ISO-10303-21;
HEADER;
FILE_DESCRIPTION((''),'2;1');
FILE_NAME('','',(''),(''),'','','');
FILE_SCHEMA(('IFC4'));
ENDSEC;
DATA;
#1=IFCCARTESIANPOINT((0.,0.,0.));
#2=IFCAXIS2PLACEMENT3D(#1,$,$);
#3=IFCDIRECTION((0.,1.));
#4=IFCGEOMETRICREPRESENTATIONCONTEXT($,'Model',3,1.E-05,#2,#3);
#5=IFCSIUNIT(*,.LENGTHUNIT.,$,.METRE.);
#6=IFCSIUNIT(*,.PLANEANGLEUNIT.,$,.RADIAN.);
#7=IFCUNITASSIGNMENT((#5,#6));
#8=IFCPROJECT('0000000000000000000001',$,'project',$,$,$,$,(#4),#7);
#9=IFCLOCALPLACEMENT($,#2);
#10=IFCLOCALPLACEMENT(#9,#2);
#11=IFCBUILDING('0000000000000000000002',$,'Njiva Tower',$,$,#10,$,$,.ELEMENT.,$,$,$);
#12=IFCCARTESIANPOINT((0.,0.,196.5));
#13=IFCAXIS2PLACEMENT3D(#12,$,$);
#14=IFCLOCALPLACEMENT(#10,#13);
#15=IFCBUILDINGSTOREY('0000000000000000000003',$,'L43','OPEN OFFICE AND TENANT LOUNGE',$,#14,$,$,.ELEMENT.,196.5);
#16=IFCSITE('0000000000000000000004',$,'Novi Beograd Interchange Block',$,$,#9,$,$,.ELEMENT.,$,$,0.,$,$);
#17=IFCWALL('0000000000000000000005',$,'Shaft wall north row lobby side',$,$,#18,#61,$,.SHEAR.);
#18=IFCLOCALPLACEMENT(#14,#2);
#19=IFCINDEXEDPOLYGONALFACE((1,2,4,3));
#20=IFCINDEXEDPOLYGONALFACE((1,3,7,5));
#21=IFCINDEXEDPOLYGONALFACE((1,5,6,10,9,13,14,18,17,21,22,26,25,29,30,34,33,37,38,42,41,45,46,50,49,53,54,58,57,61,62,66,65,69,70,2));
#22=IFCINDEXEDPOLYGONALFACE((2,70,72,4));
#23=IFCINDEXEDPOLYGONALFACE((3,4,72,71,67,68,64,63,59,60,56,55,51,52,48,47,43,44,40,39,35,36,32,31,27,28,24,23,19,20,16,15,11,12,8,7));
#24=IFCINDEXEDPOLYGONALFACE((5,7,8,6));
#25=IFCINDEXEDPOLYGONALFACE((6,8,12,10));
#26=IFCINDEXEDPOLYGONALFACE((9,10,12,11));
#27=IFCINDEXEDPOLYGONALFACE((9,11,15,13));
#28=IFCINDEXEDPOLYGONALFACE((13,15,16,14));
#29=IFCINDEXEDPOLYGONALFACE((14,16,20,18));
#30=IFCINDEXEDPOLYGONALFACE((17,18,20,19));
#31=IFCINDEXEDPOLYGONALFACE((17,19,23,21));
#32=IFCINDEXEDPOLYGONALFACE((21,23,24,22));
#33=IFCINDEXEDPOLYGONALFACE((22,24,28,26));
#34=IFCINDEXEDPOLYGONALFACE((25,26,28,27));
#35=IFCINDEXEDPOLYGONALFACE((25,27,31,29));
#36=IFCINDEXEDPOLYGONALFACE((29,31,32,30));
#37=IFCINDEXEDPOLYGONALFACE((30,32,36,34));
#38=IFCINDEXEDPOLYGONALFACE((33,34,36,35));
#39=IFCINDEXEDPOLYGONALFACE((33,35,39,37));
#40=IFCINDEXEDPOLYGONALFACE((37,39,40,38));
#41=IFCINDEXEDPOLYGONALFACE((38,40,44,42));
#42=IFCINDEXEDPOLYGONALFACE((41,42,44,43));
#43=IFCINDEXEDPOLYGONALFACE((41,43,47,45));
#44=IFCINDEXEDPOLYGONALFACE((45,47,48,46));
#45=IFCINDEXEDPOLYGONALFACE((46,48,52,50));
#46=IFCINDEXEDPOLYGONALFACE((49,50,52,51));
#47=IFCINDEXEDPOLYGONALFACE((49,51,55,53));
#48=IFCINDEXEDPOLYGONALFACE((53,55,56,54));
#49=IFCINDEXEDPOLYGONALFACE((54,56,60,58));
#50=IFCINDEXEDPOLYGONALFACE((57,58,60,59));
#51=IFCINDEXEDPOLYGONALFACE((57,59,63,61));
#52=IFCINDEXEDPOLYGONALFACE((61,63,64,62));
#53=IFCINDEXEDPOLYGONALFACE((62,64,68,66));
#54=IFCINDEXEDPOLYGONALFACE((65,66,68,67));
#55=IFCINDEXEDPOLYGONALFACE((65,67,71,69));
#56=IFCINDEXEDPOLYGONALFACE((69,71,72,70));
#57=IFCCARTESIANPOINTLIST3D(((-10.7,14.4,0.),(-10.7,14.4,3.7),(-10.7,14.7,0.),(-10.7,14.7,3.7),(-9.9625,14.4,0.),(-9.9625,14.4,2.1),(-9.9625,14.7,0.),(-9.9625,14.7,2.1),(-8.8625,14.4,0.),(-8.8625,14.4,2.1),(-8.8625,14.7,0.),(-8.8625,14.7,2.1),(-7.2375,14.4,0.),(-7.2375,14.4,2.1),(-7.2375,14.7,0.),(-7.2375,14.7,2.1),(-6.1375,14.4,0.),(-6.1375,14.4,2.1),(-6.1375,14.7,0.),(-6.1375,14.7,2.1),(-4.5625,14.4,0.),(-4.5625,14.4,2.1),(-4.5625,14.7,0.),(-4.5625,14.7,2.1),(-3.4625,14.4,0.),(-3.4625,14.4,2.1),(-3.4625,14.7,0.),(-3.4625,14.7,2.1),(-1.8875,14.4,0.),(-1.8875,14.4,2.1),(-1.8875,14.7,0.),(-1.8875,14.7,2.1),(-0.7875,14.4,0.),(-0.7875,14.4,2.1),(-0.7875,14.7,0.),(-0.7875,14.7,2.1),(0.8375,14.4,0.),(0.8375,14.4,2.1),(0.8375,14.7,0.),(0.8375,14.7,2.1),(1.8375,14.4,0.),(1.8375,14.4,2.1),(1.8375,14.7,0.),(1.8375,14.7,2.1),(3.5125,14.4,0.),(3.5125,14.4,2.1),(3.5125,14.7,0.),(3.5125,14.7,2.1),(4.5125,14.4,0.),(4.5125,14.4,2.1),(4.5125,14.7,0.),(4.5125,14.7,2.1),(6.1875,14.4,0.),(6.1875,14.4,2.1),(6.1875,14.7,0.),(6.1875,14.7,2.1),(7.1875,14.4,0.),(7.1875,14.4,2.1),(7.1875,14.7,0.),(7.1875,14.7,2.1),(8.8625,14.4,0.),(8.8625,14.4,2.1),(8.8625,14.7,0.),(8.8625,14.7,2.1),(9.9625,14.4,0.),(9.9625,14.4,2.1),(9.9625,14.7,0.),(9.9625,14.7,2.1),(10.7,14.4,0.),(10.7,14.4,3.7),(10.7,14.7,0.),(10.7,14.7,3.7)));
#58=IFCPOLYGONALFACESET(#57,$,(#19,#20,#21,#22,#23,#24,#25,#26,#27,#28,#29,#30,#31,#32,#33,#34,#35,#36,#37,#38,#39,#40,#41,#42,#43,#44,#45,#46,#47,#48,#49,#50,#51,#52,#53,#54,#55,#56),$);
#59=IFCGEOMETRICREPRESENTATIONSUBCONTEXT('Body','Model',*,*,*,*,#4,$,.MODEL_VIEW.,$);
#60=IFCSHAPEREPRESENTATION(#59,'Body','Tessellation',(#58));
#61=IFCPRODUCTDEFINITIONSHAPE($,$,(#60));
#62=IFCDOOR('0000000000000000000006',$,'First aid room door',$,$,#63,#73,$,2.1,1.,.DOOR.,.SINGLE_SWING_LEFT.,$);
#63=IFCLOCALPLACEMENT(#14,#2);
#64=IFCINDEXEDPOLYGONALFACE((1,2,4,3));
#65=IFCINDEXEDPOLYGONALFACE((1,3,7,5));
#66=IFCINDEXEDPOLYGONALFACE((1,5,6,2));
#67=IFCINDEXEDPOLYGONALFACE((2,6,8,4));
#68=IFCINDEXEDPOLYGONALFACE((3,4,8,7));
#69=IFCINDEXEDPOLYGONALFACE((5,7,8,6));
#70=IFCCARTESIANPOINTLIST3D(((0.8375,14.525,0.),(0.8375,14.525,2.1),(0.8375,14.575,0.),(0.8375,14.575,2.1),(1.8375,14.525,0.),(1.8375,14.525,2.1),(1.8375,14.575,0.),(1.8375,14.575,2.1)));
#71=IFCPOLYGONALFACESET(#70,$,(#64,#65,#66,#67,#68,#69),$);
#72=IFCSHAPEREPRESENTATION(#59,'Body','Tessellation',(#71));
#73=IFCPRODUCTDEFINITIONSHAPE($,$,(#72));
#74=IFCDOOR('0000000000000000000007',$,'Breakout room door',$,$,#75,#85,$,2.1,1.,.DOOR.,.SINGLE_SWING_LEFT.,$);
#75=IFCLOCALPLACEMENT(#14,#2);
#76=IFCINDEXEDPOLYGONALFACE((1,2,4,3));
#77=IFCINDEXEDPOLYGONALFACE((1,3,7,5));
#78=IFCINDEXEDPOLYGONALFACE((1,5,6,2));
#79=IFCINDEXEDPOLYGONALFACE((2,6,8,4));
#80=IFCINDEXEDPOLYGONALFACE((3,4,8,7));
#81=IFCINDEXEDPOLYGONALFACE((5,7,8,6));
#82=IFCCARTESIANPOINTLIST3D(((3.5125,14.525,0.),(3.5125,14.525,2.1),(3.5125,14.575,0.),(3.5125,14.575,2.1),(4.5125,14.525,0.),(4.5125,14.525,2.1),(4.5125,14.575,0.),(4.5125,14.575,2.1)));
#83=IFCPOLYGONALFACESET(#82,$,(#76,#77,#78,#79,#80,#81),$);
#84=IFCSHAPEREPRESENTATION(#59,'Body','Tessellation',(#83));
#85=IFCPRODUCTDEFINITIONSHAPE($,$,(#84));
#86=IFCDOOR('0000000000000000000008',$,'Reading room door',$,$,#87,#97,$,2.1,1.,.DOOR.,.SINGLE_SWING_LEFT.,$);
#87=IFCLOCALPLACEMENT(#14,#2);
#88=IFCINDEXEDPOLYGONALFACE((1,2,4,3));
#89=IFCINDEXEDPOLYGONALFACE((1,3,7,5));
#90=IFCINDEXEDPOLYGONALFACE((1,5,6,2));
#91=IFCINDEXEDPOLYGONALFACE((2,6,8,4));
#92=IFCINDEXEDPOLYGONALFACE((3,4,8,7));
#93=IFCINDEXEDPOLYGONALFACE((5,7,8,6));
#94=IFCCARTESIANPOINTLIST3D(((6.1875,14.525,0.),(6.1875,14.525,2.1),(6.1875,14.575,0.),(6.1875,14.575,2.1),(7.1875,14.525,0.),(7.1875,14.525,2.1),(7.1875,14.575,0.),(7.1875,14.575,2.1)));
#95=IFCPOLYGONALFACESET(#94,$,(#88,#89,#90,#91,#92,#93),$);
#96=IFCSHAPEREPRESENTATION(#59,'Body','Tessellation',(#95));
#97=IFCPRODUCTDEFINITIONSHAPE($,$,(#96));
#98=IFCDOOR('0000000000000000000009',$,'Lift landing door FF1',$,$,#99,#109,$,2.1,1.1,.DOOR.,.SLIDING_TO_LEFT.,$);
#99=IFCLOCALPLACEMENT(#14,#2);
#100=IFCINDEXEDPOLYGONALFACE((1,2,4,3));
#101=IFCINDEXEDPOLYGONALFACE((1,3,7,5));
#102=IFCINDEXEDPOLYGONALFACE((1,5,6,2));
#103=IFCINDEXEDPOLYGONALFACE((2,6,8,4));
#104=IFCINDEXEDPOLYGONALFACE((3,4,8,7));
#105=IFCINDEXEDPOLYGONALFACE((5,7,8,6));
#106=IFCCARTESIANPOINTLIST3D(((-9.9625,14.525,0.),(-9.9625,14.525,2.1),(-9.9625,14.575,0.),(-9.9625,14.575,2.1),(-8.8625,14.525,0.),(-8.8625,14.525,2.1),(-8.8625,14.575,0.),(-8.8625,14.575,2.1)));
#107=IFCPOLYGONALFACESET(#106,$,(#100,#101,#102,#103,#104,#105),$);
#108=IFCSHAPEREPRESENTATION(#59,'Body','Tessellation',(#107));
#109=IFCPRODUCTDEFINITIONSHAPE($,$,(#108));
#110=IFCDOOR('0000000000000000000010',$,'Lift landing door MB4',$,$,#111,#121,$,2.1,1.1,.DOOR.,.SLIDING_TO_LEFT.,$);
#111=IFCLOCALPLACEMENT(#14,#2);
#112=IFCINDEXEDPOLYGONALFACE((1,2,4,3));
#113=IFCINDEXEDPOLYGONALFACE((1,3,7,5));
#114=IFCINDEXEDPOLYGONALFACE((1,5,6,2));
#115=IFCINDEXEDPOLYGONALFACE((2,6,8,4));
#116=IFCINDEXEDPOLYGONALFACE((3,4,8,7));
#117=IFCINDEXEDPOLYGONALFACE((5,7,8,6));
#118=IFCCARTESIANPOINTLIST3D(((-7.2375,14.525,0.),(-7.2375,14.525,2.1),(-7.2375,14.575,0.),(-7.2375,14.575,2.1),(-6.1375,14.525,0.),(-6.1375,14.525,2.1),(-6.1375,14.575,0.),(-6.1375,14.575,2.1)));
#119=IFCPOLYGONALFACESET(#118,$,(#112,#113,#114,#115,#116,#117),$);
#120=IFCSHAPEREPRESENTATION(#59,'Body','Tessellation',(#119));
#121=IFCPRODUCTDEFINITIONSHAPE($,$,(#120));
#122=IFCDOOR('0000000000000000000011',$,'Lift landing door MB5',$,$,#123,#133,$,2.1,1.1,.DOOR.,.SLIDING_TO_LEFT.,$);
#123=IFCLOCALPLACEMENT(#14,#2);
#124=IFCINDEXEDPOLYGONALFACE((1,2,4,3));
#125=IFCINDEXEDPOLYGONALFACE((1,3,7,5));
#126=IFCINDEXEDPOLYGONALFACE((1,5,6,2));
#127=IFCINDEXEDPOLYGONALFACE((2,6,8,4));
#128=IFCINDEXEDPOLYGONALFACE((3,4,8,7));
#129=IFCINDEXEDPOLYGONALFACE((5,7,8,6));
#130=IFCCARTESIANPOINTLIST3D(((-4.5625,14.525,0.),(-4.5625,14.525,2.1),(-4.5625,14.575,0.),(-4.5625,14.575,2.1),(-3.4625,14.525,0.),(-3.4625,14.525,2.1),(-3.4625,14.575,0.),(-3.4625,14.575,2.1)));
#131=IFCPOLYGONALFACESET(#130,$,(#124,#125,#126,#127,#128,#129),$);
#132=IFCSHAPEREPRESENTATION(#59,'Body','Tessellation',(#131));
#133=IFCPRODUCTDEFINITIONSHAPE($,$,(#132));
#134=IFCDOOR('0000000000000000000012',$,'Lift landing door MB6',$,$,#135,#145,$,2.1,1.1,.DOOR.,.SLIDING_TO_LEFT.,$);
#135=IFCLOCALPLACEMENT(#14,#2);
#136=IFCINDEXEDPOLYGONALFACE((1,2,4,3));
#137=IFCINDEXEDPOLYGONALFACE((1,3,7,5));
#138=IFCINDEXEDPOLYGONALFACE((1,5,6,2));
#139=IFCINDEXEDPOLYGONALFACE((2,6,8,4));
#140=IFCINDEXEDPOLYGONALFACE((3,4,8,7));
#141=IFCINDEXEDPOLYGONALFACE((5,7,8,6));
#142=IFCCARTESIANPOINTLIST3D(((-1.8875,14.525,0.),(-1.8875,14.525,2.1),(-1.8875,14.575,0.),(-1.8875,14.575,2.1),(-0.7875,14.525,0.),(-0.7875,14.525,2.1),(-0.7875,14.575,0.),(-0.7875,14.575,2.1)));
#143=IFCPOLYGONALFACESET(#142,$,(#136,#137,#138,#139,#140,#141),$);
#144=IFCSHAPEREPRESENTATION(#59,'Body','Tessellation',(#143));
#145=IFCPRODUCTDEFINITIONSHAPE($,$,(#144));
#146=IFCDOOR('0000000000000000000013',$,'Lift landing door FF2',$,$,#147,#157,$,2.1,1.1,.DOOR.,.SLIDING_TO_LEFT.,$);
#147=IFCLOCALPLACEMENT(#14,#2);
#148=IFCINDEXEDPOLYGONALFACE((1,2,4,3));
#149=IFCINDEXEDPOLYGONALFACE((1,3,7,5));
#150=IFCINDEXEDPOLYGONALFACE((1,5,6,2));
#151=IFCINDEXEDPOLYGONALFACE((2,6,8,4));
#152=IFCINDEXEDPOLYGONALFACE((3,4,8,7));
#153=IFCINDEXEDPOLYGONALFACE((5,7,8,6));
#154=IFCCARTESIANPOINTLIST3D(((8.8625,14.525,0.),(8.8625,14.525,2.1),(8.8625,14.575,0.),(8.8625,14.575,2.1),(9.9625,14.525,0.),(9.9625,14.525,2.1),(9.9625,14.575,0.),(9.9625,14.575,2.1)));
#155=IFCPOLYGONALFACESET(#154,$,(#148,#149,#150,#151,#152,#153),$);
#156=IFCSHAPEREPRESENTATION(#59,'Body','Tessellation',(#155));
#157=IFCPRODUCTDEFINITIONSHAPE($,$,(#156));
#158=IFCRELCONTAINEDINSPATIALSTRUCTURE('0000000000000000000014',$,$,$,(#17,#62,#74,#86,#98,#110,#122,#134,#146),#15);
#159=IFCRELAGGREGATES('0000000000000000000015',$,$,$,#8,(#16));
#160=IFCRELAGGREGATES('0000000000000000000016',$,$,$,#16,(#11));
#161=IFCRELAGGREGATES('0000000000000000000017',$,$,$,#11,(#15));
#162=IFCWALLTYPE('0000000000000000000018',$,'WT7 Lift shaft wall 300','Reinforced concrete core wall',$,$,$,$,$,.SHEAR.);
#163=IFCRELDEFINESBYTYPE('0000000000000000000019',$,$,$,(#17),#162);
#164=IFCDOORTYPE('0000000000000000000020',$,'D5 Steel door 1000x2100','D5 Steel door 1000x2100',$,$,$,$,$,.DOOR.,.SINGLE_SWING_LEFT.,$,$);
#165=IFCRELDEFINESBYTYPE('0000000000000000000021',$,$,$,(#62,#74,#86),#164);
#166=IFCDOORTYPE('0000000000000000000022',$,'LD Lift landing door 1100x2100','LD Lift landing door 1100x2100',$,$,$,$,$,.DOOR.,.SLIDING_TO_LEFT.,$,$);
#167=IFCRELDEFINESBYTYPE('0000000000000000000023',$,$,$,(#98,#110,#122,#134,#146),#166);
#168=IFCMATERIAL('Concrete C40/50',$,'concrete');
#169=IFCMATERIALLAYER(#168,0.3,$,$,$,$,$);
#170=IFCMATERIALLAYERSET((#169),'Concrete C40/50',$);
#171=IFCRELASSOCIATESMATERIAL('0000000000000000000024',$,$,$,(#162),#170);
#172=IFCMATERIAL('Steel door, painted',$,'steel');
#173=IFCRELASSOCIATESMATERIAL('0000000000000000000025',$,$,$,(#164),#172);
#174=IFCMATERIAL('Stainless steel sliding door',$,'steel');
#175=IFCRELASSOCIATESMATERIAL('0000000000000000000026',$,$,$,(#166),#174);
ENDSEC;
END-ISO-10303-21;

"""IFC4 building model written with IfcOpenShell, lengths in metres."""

from ifc_helpers import new_model, si_unit, direction, frame, frame_2d, origin, place, context, subcontext, project, spatial, rectangle, extrude, material, layer, layer_set, type_object, element, fill, save


model = new_model("IFC4")

# Units and contexts
model_context = context("Model", 3, precision=1e-05, world=origin(), true_north=direction((0.0, 1.0)))
body_context = subcontext(model_context, "Body", "Model", "MODEL_VIEW")
ifc_project = project(units=[si_unit("LENGTHUNIT", "METRE"), si_unit("PLANEANGLEUNIT", "RADIAN")], contexts=[model_context])

# Site, building, storey
site_placement = place(None, origin())
site = spatial("IfcSite", under=ifc_project, at=site_placement, Name="Novi Beograd Interchange Block", CompositionType="ELEMENT", RefElevation=0.0)
building_placement = place(site_placement, origin())
building = spatial("IfcBuilding", under=site, at=building_placement, Name="Njiva Tower", CompositionType="ELEMENT")
storey_placement = place(building_placement, frame((0.0, 0.0, 196.5)))
storey = spatial("IfcBuildingStorey", under=building, at=storey_placement, Name="L43", Description="OPEN OFFICE AND TENANT LOUNGE", CompositionType="ELEMENT", Elevation=196.5)

# Wall, openings, doors
ifc_material_1 = material(Name="Concrete C40/50", Category="concrete")
ifc_layer = layer(ifc_material_1, 0.3)
ifc_layer_set = layer_set([ifc_layer], Name="Concrete C40/50")
wall_type = type_object("IfcWallType", Name="WT7 Lift shaft wall 300", Description="Reinforced concrete core wall", PredefinedType="SHEAR", material=ifc_layer_set)
wall_1_placement = place(storey_placement, frame((-10.7, 14.55, 0.0), z_axis=(0.0, 0.0, 1.0), x_axis=(1.0, 0.0, 0.0)))
wall_1 = element("IfcWall", 1, at=wall_1_placement, inside=storey, type_object=wall_type, Name="Shaft wall north row lobby side", PredefinedType="SHEAR", context=body_context, shape_type="SweptSolid", body=[
    extrude(rectangle(XDim=21.4, YDim=0.3, at=frame_2d((10.7, 0.0))), origin(), (0.0, 0.0, 1.0), 3.7),
])
opening_1_placement = place(wall_1_placement, frame((0.7375, 0.0, 0.0)))
opening_1 = element("IfcOpeningElement", 2, at=opening_1_placement, cuts=wall_1, PredefinedType="OPENING", context=body_context, shape_type="SweptSolid", body=[
    extrude(rectangle(XDim=1.1, YDim=2.1, at=frame_2d((0.55, 1.05))), frame((0.0, 0.16, 0.0), z_axis=(0.0, -1.0, 0.0), x_axis=(1.0, 0.0, 0.0)), (0.0, 0.0, 1.0), 0.32),
])
opening_2_placement = place(wall_1_placement, frame((3.4625, 0.0, 0.0)))
opening_2 = element("IfcOpeningElement", 3, at=opening_2_placement, cuts=wall_1, PredefinedType="OPENING", context=body_context, shape_type="SweptSolid", body=[
    extrude(rectangle(XDim=1.1, YDim=2.1, at=frame_2d((0.55, 1.05))), frame((0.0, 0.16, 0.0), z_axis=(0.0, -1.0, 0.0), x_axis=(1.0, 0.0, 0.0)), (0.0, 0.0, 1.0), 0.32),
])
opening_3_placement = place(wall_1_placement, frame((6.1375, 0.0, 0.0)))
opening_3 = element("IfcOpeningElement", 4, at=opening_3_placement, cuts=wall_1, PredefinedType="OPENING", context=body_context, shape_type="SweptSolid", body=[
    extrude(rectangle(XDim=1.1, YDim=2.1, at=frame_2d((0.55, 1.05))), frame((0.0, 0.16, 0.0), z_axis=(0.0, -1.0, 0.0), x_axis=(1.0, 0.0, 0.0)), (0.0, 0.0, 1.0), 0.32),
])
opening_4_placement = place(wall_1_placement, frame((8.8125, 0.0, 0.0)))
opening_4 = element("IfcOpeningElement", 5, at=opening_4_placement, cuts=wall_1, PredefinedType="OPENING", context=body_context, shape_type="SweptSolid", body=[
    extrude(rectangle(XDim=1.1, YDim=2.1, at=frame_2d((0.55, 1.05))), frame((0.0, 0.16, 0.0), z_axis=(0.0, -1.0, 0.0), x_axis=(1.0, 0.0, 0.0)), (0.0, 0.0, 1.0), 0.32),
])
opening_5_placement = place(wall_1_placement, frame((19.5625, 0.0, 0.0)))
opening_5 = element("IfcOpeningElement", 6, at=opening_5_placement, cuts=wall_1, PredefinedType="OPENING", context=body_context, shape_type="SweptSolid", body=[
    extrude(rectangle(XDim=1.1, YDim=2.1, at=frame_2d((0.55, 1.05))), frame((0.0, 0.16, 0.0), z_axis=(0.0, -1.0, 0.0), x_axis=(1.0, 0.0, 0.0)), (0.0, 0.0, 1.0), 0.32),
])
opening_6_placement = place(wall_1_placement, frame((11.5375, 0.0, 0.0)))
opening_6 = element("IfcOpeningElement", 7, at=opening_6_placement, cuts=wall_1, PredefinedType="OPENING", context=body_context, shape_type="SweptSolid", body=[
    extrude(rectangle(XDim=1.0, YDim=2.1, at=frame_2d((0.5, 1.05))), frame((0.0, 0.16, 0.0), z_axis=(0.0, -1.0, 0.0), x_axis=(1.0, 0.0, 0.0)), (0.0, 0.0, 1.0), 0.32),
])
opening_7_placement = place(wall_1_placement, frame((14.2125, 0.0, 0.0)))
opening_7 = element("IfcOpeningElement", 8, at=opening_7_placement, cuts=wall_1, PredefinedType="OPENING", context=body_context, shape_type="SweptSolid", body=[
    extrude(rectangle(XDim=1.0, YDim=2.1, at=frame_2d((0.5, 1.05))), frame((0.0, 0.16, 0.0), z_axis=(0.0, -1.0, 0.0), x_axis=(1.0, 0.0, 0.0)), (0.0, 0.0, 1.0), 0.32),
])
opening_8_placement = place(wall_1_placement, frame((16.8875, 0.0, 0.0)))
opening_8 = element("IfcOpeningElement", 9, at=opening_8_placement, cuts=wall_1, PredefinedType="OPENING", context=body_context, shape_type="SweptSolid", body=[
    extrude(rectangle(XDim=1.0, YDim=2.1, at=frame_2d((0.5, 1.05))), frame((0.0, 0.16, 0.0), z_axis=(0.0, -1.0, 0.0), x_axis=(1.0, 0.0, 0.0)), (0.0, 0.0, 1.0), 0.32),
])
ifc_material_2 = material(Name="Steel door, painted", Category="steel")
door_type_1 = type_object("IfcDoorType", Name="D5 Steel door 1000x2100", Description="D5 Steel door 1000x2100", OperationType="SINGLE_SWING_LEFT", PredefinedType="DOOR", material=ifc_material_2)
door_1_placement = place(opening_6_placement, origin())
door_1 = element("IfcDoor", 10, at=door_1_placement, inside=storey, type_object=door_type_1, Name="First aid room door", OperationType="SINGLE_SWING_LEFT", OverallHeight=2.1, OverallWidth=1.0, PredefinedType="DOOR", context=body_context, shape_type="SweptSolid", body=[
    extrude(rectangle(XDim=1.0, YDim=2.1, at=frame_2d((0.5, 1.05))), frame((0.0, 0.025, 0.0), z_axis=(0.0, -1.0, 0.0), x_axis=(1.0, 0.0, 0.0)), (0.0, 0.0, 1.0), 0.05),
])
fill(opening_6, door_1)
door_2_placement = place(opening_7_placement, origin())
door_2 = element("IfcDoor", 11, at=door_2_placement, inside=storey, type_object=door_type_1, Name="Breakout room door", OperationType="SINGLE_SWING_LEFT", OverallHeight=2.1, OverallWidth=1.0, PredefinedType="DOOR", context=body_context, shape_type="SweptSolid", body=[
    extrude(rectangle(XDim=1.0, YDim=2.1, at=frame_2d((0.5, 1.05))), frame((0.0, 0.025, 0.0), z_axis=(0.0, -1.0, 0.0), x_axis=(1.0, 0.0, 0.0)), (0.0, 0.0, 1.0), 0.05),
])
fill(opening_7, door_2)
door_3_placement = place(opening_8_placement, origin())
door_3 = element("IfcDoor", 12, at=door_3_placement, inside=storey, type_object=door_type_1, Name="Reading room door", OperationType="SINGLE_SWING_LEFT", OverallHeight=2.1, OverallWidth=1.0, PredefinedType="DOOR", context=body_context, shape_type="SweptSolid", body=[
    extrude(rectangle(XDim=1.0, YDim=2.1, at=frame_2d((0.5, 1.05))), frame((0.0, 0.025, 0.0), z_axis=(0.0, -1.0, 0.0), x_axis=(1.0, 0.0, 0.0)), (0.0, 0.0, 1.0), 0.05),
])
fill(opening_8, door_3)
ifc_material_3 = material(Name="Stainless steel sliding door", Category="steel")
door_type_2 = type_object("IfcDoorType", Name="LD Lift landing door 1100x2100", Description="LD Lift landing door 1100x2100", OperationType="SLIDING_TO_LEFT", PredefinedType="DOOR", material=ifc_material_3)
door_4_placement = place(opening_1_placement, origin())
door_4 = element("IfcDoor", 13, at=door_4_placement, inside=storey, type_object=door_type_2, Name="Lift landing door FF1", OperationType="SLIDING_TO_LEFT", OverallHeight=2.1, OverallWidth=1.1, PredefinedType="DOOR", context=body_context, shape_type="SweptSolid", body=[
    extrude(rectangle(XDim=1.1, YDim=2.1, at=frame_2d((0.55, 1.05))), frame((0.0, 0.025, 0.0), z_axis=(0.0, -1.0, 0.0), x_axis=(1.0, 0.0, 0.0)), (0.0, 0.0, 1.0), 0.05),
])
fill(opening_1, door_4)
door_5_placement = place(opening_2_placement, origin())
door_5 = element("IfcDoor", 14, at=door_5_placement, inside=storey, type_object=door_type_2, Name="Lift landing door MB4", OperationType="SLIDING_TO_LEFT", OverallHeight=2.1, OverallWidth=1.1, PredefinedType="DOOR", context=body_context, shape_type="SweptSolid", body=[
    extrude(rectangle(XDim=1.1, YDim=2.1, at=frame_2d((0.55, 1.05))), frame((0.0, 0.025, 0.0), z_axis=(0.0, -1.0, 0.0), x_axis=(1.0, 0.0, 0.0)), (0.0, 0.0, 1.0), 0.05),
])
fill(opening_2, door_5)
door_6_placement = place(opening_3_placement, origin())
door_6 = element("IfcDoor", 15, at=door_6_placement, inside=storey, type_object=door_type_2, Name="Lift landing door MB5", OperationType="SLIDING_TO_LEFT", OverallHeight=2.1, OverallWidth=1.1, PredefinedType="DOOR", context=body_context, shape_type="SweptSolid", body=[
    extrude(rectangle(XDim=1.1, YDim=2.1, at=frame_2d((0.55, 1.05))), frame((0.0, 0.025, 0.0), z_axis=(0.0, -1.0, 0.0), x_axis=(1.0, 0.0, 0.0)), (0.0, 0.0, 1.0), 0.05),
])
fill(opening_3, door_6)
door_7_placement = place(opening_4_placement, origin())
door_7 = element("IfcDoor", 16, at=door_7_placement, inside=storey, type_object=door_type_2, Name="Lift landing door MB6", OperationType="SLIDING_TO_LEFT", OverallHeight=2.1, OverallWidth=1.1, PredefinedType="DOOR", context=body_context, shape_type="SweptSolid", body=[
    extrude(rectangle(XDim=1.1, YDim=2.1, at=frame_2d((0.55, 1.05))), frame((0.0, 0.025, 0.0), z_axis=(0.0, -1.0, 0.0), x_axis=(1.0, 0.0, 0.0)), (0.0, 0.0, 1.0), 0.05),
])
fill(opening_4, door_7)
door_8_placement = place(opening_5_placement, origin())
door_8 = element("IfcDoor", 17, at=door_8_placement, inside=storey, type_object=door_type_2, Name="Lift landing door FF2", OperationType="SLIDING_TO_LEFT", OverallHeight=2.1, OverallWidth=1.1, PredefinedType="DOOR", context=body_context, shape_type="SweptSolid", body=[
    extrude(rectangle(XDim=1.1, YDim=2.1, at=frame_2d((0.55, 1.05))), frame((0.0, 0.025, 0.0), z_axis=(0.0, -1.0, 0.0), x_axis=(1.0, 0.0, 0.0)), (0.0, 0.0, 1.0), 0.05),
])
fill(opening_5, door_8)

save(model, "model.ifc")
